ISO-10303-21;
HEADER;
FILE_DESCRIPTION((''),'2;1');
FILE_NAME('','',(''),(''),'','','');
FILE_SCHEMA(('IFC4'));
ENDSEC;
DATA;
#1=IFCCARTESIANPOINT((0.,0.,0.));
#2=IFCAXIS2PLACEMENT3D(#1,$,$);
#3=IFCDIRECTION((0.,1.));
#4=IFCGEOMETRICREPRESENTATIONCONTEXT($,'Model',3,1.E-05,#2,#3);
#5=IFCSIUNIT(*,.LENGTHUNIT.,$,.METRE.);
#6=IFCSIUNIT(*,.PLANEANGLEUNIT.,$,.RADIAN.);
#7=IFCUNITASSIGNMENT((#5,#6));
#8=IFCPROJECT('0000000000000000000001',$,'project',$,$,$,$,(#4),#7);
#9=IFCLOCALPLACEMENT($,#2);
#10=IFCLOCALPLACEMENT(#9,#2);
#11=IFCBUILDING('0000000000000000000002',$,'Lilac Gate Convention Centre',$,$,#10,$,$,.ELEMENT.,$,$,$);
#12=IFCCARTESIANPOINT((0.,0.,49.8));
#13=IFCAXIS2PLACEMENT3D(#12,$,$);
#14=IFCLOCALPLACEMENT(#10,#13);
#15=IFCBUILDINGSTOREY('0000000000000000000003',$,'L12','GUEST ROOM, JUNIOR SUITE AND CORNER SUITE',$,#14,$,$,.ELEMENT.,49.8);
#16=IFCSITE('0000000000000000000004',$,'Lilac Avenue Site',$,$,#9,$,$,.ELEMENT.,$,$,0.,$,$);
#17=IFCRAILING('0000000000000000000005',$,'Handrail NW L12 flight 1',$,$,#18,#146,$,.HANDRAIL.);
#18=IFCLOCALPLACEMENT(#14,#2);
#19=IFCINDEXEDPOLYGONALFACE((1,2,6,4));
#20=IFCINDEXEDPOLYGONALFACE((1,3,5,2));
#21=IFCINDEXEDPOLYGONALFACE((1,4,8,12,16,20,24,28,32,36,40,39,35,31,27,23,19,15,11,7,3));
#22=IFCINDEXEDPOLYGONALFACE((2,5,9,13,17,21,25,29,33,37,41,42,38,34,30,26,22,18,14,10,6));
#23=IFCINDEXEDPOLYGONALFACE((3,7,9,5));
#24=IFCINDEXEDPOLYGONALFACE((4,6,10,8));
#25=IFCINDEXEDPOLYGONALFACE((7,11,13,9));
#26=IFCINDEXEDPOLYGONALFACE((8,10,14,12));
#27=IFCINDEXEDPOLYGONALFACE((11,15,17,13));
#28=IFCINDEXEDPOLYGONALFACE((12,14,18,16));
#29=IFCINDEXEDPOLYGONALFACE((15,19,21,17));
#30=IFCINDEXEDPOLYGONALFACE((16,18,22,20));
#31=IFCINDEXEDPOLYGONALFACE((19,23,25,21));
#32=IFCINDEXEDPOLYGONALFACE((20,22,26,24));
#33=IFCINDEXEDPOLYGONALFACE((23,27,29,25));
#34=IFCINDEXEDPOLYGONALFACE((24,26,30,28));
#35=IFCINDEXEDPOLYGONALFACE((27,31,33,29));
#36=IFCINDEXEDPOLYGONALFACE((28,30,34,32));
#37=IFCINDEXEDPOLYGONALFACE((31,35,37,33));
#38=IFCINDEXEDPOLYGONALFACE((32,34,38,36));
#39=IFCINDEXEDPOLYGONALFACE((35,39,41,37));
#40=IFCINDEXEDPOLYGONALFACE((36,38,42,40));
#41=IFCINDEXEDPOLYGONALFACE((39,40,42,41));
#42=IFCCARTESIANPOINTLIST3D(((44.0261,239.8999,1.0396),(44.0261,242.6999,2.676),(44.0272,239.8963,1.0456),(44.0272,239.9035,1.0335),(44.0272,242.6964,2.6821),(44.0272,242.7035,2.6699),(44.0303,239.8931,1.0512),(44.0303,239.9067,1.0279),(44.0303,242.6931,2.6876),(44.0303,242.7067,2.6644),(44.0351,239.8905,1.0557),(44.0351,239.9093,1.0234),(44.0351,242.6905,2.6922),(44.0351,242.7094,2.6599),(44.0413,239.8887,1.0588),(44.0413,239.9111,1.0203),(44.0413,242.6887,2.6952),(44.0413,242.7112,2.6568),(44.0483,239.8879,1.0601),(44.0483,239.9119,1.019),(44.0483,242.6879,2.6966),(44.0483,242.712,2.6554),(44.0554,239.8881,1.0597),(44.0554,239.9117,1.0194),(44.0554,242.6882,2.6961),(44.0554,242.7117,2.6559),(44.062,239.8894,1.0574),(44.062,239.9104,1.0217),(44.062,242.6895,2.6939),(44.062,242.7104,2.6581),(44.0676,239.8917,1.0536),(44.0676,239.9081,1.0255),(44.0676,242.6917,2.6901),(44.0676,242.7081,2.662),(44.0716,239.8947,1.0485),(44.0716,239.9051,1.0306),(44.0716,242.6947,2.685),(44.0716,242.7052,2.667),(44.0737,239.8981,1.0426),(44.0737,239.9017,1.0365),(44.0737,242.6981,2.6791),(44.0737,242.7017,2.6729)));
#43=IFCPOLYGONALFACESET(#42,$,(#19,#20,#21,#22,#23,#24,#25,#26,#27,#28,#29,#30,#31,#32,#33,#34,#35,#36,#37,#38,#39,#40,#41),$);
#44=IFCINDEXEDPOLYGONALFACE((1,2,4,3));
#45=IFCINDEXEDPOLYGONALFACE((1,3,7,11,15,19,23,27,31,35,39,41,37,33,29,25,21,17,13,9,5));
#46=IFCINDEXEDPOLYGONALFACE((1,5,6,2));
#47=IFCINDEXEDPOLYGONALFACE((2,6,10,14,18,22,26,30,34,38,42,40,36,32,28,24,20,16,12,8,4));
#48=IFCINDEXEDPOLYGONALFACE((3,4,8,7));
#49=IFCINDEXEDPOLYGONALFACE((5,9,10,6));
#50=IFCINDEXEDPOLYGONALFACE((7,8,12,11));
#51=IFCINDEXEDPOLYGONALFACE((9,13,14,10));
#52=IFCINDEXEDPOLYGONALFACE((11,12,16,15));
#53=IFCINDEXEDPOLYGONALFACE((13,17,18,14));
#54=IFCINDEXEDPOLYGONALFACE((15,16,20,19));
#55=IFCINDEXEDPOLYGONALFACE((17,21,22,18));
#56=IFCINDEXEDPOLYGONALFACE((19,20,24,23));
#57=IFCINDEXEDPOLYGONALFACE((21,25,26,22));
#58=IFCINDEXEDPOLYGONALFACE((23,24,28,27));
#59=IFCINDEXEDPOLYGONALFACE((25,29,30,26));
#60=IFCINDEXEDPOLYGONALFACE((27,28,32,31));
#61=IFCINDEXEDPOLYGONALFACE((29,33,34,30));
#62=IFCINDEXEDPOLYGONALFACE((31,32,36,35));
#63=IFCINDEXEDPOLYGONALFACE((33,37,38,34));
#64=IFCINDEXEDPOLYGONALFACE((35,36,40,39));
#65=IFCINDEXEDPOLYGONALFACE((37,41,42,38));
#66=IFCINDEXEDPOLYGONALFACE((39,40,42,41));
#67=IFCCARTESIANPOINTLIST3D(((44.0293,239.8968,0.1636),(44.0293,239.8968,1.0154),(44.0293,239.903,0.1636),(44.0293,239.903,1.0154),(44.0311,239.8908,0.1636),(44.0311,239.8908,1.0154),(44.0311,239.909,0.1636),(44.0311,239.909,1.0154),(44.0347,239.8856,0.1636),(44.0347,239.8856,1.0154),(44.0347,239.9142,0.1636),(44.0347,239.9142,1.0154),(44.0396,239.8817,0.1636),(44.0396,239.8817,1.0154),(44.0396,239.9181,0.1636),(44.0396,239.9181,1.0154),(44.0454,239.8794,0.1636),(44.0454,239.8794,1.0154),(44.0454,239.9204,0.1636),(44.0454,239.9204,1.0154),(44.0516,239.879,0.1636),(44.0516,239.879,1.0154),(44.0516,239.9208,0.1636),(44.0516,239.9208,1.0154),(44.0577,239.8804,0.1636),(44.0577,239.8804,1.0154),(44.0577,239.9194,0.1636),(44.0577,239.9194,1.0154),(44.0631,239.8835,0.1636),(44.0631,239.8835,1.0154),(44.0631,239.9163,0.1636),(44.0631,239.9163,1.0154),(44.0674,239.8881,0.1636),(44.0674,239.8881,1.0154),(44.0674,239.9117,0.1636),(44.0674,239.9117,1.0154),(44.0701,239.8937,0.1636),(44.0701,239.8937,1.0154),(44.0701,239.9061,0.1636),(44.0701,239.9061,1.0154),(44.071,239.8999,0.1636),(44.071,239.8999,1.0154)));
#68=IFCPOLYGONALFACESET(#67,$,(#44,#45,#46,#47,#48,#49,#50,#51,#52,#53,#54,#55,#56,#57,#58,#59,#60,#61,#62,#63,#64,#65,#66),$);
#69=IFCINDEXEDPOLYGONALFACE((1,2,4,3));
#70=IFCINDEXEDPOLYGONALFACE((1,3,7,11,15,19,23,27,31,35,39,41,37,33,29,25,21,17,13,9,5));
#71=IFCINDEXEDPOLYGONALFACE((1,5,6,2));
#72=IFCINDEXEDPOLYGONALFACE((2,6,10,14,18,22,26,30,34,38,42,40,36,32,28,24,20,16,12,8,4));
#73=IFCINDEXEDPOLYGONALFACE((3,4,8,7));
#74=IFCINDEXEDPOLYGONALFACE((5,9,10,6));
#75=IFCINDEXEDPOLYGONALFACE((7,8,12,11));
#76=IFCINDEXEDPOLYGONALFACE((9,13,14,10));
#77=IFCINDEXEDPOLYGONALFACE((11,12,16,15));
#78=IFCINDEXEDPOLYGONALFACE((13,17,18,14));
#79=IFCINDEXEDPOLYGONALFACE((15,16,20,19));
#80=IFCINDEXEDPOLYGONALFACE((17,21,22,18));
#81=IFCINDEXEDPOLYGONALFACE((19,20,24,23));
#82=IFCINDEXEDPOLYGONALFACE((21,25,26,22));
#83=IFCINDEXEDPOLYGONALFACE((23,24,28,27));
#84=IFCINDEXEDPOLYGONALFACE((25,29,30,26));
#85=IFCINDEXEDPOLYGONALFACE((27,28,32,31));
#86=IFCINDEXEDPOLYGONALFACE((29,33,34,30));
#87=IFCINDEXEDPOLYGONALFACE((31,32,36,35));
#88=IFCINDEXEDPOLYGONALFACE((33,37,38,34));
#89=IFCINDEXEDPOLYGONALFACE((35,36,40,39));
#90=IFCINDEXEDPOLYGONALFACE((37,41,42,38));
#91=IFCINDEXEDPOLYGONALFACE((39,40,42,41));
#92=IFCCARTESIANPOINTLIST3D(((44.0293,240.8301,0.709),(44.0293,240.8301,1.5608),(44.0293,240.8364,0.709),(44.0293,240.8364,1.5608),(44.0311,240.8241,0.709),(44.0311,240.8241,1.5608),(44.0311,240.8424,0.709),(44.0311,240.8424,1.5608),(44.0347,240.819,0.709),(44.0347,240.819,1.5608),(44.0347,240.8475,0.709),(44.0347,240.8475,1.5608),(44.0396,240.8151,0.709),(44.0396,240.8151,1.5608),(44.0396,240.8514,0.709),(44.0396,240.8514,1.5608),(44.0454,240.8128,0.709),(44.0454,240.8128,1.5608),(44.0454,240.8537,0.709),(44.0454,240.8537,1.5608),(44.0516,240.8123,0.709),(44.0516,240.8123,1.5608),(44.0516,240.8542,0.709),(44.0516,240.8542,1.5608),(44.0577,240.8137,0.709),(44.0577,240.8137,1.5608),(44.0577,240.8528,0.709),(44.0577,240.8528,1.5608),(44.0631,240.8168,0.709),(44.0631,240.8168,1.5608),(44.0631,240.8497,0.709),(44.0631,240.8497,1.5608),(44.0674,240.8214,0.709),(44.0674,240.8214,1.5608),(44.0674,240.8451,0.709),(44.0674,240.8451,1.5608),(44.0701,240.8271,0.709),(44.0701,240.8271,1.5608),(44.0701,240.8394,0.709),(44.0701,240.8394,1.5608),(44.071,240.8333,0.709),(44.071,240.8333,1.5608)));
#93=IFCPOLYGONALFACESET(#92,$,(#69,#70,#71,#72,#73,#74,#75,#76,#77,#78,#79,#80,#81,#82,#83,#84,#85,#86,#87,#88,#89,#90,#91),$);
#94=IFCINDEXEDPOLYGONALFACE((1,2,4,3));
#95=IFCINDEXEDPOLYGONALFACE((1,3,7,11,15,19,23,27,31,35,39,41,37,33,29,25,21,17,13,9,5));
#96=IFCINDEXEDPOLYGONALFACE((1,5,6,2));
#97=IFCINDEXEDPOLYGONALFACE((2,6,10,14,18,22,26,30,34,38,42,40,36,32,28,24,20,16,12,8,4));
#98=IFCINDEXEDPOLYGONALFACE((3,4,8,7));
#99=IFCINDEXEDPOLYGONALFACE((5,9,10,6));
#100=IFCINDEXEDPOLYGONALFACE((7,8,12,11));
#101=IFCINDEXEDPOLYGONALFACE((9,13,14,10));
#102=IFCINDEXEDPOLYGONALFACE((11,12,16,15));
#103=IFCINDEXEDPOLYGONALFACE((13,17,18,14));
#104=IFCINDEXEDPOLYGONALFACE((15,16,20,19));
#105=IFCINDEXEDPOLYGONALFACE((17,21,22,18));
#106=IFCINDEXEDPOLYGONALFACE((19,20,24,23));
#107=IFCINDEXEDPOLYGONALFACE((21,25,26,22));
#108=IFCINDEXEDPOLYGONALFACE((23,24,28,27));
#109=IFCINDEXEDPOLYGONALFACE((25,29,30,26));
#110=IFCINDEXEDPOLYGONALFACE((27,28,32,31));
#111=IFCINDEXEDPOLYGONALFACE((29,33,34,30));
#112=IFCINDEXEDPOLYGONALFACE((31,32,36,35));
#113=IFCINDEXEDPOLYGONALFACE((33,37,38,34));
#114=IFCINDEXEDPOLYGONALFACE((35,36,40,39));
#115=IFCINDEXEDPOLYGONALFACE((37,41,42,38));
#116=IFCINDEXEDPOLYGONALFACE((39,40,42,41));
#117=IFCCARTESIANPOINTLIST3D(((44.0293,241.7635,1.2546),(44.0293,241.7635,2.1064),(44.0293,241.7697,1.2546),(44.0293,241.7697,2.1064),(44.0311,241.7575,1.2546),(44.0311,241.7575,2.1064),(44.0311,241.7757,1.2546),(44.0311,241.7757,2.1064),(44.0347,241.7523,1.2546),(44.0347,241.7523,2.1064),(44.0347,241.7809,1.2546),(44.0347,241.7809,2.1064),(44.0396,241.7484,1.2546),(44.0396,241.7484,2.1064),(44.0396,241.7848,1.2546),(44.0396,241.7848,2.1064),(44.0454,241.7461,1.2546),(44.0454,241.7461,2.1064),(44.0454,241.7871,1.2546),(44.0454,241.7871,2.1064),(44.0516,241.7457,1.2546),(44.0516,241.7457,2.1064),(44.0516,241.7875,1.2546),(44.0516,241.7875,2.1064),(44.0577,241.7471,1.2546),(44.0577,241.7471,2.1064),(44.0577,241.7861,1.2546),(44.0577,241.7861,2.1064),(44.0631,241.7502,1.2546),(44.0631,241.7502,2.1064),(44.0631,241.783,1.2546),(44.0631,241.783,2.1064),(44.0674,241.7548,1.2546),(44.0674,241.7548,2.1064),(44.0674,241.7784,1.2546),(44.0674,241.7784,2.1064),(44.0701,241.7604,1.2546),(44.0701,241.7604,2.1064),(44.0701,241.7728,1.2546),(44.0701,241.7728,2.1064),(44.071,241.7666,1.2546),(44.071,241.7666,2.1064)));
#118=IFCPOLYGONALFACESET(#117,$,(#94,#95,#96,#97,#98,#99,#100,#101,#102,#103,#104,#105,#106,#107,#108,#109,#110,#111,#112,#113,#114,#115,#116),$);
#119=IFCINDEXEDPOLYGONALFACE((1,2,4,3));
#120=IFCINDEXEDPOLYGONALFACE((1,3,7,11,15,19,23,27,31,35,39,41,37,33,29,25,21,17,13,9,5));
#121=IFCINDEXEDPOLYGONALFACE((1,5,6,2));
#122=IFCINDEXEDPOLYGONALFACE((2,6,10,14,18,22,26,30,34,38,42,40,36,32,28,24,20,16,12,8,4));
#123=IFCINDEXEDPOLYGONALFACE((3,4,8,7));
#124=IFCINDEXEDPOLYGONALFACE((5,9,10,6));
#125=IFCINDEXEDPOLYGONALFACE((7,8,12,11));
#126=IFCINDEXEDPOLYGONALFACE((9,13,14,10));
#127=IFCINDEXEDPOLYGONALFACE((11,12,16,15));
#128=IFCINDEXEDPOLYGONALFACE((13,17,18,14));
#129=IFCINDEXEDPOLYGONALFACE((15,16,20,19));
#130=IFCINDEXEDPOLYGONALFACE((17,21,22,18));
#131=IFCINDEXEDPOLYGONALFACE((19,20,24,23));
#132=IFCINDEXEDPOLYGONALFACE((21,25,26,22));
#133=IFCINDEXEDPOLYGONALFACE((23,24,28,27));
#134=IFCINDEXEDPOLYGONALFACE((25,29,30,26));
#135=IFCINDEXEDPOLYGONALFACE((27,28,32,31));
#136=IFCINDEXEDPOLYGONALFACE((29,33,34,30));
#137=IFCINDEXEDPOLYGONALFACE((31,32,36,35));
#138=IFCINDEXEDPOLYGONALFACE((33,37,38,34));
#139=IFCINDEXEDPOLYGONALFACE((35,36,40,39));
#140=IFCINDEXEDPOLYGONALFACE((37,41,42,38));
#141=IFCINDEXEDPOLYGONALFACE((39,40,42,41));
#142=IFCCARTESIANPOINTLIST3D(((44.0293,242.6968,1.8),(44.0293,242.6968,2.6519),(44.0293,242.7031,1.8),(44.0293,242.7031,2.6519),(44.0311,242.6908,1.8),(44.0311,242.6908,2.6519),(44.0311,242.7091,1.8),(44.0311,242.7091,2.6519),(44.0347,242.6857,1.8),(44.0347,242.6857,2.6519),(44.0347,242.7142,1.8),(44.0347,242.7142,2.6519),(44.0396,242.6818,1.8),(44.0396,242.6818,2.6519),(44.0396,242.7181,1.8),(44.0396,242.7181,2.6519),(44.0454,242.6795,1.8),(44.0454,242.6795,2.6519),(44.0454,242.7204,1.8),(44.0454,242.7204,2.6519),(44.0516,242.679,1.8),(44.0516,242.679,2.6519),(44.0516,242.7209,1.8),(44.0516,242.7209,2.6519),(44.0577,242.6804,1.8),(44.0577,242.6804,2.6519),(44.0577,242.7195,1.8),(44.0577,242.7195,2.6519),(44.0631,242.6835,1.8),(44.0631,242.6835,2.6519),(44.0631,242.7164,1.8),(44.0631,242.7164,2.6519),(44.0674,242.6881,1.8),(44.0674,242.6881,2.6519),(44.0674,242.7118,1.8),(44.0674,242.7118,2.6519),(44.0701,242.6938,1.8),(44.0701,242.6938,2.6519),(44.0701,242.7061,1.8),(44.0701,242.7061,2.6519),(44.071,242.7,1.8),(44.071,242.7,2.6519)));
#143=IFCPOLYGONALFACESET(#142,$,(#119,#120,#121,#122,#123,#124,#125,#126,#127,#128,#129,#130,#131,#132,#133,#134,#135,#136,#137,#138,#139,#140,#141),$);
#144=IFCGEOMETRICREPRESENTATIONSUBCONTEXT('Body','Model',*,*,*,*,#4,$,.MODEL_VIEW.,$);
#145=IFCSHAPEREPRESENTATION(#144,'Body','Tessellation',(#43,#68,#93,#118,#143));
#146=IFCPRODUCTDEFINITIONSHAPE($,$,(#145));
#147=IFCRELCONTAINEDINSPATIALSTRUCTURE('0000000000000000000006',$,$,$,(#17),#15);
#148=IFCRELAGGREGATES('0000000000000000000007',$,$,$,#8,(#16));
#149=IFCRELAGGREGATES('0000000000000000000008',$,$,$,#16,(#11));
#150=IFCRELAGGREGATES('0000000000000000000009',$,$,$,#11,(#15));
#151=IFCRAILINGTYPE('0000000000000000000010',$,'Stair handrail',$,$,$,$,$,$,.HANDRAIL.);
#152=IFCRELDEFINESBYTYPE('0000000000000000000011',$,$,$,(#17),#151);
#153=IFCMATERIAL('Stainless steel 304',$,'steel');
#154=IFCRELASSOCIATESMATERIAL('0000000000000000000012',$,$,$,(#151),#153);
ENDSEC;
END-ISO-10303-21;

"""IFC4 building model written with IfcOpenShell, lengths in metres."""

from ifc_helpers import new_model, si_unit, direction, frame, origin, origin_2d, place, context, subcontext, project, spatial, circle, extrude, material, type_object, element, save


model = new_model("IFC4")

# Units and contexts
model_context = context("Model", 3, precision=1e-05, world=origin(), true_north=direction((0.0, 1.0)))
body_context = subcontext(model_context, "Body", "Model", "MODEL_VIEW")
ifc_project = project(units=[si_unit("LENGTHUNIT", "METRE"), si_unit("PLANEANGLEUNIT", "RADIAN")], contexts=[model_context])

# Site, building, storey
site_placement = place(None, origin())
site = spatial("IfcSite", under=ifc_project, at=site_placement, Name="Lilac Avenue Site", CompositionType="ELEMENT", RefElevation=0.0)
building_placement = place(site_placement, origin())
building = spatial("IfcBuilding", under=site, at=building_placement, Name="Lilac Gate Convention Centre", CompositionType="ELEMENT")
storey_placement = place(building_placement, frame((0.0, 0.0, 49.8)))
storey = spatial("IfcBuildingStorey", under=building, at=storey_placement, Name="L12", Description="GUEST ROOM, JUNIOR SUITE AND CORNER SUITE", CompositionType="ELEMENT", Elevation=49.8)

# Railing
ifc_material_1 = material(Name="Stainless steel 304", Category="steel")
railing_type = type_object("IfcRailingType", Name="Stair handrail", PredefinedType="HANDRAIL", material=ifc_material_1)
for number, where, name in (
    (1, (44.05, 239.8999, 0.1636), "Handrail NW L12 flight 1"),
):
    element("IfcRailing", number, at=place(storey_placement, frame(where)), inside=storey, type_object=railing_type, Name=name, PredefinedType="HANDRAIL", context=body_context, shape_type="SweptSolid", body=[
        extrude(circle(Radius=0.0239, at=origin_2d()), frame((0.0, 0.0, 0.876), z_axis=(0.0, 0.863361, 0.504587), x_axis=(-1.0, 0.0, 0.0)), (0.0, 0.0, 1.0), 3.2432),
        extrude(circle(Radius=0.021, at=origin_2d()), origin(), (0.0, 0.0, 1.0), 0.8518),
        extrude(circle(Radius=0.021, at=origin_2d()), frame((0.0, 0.9333, 0.5454)), (0.0, 0.0, 1.0), 0.8518),
        extrude(circle(Radius=0.021, at=origin_2d()), frame((0.0, 1.8667, 1.0911)), (0.0, 0.0, 1.0), 0.8518),
        extrude(circle(Radius=0.021, at=origin_2d()), frame((0.0, 2.8, 1.6365)), (0.0, 0.0, 1.0), 0.8518),
    ])

save(model, "model.ifc")
